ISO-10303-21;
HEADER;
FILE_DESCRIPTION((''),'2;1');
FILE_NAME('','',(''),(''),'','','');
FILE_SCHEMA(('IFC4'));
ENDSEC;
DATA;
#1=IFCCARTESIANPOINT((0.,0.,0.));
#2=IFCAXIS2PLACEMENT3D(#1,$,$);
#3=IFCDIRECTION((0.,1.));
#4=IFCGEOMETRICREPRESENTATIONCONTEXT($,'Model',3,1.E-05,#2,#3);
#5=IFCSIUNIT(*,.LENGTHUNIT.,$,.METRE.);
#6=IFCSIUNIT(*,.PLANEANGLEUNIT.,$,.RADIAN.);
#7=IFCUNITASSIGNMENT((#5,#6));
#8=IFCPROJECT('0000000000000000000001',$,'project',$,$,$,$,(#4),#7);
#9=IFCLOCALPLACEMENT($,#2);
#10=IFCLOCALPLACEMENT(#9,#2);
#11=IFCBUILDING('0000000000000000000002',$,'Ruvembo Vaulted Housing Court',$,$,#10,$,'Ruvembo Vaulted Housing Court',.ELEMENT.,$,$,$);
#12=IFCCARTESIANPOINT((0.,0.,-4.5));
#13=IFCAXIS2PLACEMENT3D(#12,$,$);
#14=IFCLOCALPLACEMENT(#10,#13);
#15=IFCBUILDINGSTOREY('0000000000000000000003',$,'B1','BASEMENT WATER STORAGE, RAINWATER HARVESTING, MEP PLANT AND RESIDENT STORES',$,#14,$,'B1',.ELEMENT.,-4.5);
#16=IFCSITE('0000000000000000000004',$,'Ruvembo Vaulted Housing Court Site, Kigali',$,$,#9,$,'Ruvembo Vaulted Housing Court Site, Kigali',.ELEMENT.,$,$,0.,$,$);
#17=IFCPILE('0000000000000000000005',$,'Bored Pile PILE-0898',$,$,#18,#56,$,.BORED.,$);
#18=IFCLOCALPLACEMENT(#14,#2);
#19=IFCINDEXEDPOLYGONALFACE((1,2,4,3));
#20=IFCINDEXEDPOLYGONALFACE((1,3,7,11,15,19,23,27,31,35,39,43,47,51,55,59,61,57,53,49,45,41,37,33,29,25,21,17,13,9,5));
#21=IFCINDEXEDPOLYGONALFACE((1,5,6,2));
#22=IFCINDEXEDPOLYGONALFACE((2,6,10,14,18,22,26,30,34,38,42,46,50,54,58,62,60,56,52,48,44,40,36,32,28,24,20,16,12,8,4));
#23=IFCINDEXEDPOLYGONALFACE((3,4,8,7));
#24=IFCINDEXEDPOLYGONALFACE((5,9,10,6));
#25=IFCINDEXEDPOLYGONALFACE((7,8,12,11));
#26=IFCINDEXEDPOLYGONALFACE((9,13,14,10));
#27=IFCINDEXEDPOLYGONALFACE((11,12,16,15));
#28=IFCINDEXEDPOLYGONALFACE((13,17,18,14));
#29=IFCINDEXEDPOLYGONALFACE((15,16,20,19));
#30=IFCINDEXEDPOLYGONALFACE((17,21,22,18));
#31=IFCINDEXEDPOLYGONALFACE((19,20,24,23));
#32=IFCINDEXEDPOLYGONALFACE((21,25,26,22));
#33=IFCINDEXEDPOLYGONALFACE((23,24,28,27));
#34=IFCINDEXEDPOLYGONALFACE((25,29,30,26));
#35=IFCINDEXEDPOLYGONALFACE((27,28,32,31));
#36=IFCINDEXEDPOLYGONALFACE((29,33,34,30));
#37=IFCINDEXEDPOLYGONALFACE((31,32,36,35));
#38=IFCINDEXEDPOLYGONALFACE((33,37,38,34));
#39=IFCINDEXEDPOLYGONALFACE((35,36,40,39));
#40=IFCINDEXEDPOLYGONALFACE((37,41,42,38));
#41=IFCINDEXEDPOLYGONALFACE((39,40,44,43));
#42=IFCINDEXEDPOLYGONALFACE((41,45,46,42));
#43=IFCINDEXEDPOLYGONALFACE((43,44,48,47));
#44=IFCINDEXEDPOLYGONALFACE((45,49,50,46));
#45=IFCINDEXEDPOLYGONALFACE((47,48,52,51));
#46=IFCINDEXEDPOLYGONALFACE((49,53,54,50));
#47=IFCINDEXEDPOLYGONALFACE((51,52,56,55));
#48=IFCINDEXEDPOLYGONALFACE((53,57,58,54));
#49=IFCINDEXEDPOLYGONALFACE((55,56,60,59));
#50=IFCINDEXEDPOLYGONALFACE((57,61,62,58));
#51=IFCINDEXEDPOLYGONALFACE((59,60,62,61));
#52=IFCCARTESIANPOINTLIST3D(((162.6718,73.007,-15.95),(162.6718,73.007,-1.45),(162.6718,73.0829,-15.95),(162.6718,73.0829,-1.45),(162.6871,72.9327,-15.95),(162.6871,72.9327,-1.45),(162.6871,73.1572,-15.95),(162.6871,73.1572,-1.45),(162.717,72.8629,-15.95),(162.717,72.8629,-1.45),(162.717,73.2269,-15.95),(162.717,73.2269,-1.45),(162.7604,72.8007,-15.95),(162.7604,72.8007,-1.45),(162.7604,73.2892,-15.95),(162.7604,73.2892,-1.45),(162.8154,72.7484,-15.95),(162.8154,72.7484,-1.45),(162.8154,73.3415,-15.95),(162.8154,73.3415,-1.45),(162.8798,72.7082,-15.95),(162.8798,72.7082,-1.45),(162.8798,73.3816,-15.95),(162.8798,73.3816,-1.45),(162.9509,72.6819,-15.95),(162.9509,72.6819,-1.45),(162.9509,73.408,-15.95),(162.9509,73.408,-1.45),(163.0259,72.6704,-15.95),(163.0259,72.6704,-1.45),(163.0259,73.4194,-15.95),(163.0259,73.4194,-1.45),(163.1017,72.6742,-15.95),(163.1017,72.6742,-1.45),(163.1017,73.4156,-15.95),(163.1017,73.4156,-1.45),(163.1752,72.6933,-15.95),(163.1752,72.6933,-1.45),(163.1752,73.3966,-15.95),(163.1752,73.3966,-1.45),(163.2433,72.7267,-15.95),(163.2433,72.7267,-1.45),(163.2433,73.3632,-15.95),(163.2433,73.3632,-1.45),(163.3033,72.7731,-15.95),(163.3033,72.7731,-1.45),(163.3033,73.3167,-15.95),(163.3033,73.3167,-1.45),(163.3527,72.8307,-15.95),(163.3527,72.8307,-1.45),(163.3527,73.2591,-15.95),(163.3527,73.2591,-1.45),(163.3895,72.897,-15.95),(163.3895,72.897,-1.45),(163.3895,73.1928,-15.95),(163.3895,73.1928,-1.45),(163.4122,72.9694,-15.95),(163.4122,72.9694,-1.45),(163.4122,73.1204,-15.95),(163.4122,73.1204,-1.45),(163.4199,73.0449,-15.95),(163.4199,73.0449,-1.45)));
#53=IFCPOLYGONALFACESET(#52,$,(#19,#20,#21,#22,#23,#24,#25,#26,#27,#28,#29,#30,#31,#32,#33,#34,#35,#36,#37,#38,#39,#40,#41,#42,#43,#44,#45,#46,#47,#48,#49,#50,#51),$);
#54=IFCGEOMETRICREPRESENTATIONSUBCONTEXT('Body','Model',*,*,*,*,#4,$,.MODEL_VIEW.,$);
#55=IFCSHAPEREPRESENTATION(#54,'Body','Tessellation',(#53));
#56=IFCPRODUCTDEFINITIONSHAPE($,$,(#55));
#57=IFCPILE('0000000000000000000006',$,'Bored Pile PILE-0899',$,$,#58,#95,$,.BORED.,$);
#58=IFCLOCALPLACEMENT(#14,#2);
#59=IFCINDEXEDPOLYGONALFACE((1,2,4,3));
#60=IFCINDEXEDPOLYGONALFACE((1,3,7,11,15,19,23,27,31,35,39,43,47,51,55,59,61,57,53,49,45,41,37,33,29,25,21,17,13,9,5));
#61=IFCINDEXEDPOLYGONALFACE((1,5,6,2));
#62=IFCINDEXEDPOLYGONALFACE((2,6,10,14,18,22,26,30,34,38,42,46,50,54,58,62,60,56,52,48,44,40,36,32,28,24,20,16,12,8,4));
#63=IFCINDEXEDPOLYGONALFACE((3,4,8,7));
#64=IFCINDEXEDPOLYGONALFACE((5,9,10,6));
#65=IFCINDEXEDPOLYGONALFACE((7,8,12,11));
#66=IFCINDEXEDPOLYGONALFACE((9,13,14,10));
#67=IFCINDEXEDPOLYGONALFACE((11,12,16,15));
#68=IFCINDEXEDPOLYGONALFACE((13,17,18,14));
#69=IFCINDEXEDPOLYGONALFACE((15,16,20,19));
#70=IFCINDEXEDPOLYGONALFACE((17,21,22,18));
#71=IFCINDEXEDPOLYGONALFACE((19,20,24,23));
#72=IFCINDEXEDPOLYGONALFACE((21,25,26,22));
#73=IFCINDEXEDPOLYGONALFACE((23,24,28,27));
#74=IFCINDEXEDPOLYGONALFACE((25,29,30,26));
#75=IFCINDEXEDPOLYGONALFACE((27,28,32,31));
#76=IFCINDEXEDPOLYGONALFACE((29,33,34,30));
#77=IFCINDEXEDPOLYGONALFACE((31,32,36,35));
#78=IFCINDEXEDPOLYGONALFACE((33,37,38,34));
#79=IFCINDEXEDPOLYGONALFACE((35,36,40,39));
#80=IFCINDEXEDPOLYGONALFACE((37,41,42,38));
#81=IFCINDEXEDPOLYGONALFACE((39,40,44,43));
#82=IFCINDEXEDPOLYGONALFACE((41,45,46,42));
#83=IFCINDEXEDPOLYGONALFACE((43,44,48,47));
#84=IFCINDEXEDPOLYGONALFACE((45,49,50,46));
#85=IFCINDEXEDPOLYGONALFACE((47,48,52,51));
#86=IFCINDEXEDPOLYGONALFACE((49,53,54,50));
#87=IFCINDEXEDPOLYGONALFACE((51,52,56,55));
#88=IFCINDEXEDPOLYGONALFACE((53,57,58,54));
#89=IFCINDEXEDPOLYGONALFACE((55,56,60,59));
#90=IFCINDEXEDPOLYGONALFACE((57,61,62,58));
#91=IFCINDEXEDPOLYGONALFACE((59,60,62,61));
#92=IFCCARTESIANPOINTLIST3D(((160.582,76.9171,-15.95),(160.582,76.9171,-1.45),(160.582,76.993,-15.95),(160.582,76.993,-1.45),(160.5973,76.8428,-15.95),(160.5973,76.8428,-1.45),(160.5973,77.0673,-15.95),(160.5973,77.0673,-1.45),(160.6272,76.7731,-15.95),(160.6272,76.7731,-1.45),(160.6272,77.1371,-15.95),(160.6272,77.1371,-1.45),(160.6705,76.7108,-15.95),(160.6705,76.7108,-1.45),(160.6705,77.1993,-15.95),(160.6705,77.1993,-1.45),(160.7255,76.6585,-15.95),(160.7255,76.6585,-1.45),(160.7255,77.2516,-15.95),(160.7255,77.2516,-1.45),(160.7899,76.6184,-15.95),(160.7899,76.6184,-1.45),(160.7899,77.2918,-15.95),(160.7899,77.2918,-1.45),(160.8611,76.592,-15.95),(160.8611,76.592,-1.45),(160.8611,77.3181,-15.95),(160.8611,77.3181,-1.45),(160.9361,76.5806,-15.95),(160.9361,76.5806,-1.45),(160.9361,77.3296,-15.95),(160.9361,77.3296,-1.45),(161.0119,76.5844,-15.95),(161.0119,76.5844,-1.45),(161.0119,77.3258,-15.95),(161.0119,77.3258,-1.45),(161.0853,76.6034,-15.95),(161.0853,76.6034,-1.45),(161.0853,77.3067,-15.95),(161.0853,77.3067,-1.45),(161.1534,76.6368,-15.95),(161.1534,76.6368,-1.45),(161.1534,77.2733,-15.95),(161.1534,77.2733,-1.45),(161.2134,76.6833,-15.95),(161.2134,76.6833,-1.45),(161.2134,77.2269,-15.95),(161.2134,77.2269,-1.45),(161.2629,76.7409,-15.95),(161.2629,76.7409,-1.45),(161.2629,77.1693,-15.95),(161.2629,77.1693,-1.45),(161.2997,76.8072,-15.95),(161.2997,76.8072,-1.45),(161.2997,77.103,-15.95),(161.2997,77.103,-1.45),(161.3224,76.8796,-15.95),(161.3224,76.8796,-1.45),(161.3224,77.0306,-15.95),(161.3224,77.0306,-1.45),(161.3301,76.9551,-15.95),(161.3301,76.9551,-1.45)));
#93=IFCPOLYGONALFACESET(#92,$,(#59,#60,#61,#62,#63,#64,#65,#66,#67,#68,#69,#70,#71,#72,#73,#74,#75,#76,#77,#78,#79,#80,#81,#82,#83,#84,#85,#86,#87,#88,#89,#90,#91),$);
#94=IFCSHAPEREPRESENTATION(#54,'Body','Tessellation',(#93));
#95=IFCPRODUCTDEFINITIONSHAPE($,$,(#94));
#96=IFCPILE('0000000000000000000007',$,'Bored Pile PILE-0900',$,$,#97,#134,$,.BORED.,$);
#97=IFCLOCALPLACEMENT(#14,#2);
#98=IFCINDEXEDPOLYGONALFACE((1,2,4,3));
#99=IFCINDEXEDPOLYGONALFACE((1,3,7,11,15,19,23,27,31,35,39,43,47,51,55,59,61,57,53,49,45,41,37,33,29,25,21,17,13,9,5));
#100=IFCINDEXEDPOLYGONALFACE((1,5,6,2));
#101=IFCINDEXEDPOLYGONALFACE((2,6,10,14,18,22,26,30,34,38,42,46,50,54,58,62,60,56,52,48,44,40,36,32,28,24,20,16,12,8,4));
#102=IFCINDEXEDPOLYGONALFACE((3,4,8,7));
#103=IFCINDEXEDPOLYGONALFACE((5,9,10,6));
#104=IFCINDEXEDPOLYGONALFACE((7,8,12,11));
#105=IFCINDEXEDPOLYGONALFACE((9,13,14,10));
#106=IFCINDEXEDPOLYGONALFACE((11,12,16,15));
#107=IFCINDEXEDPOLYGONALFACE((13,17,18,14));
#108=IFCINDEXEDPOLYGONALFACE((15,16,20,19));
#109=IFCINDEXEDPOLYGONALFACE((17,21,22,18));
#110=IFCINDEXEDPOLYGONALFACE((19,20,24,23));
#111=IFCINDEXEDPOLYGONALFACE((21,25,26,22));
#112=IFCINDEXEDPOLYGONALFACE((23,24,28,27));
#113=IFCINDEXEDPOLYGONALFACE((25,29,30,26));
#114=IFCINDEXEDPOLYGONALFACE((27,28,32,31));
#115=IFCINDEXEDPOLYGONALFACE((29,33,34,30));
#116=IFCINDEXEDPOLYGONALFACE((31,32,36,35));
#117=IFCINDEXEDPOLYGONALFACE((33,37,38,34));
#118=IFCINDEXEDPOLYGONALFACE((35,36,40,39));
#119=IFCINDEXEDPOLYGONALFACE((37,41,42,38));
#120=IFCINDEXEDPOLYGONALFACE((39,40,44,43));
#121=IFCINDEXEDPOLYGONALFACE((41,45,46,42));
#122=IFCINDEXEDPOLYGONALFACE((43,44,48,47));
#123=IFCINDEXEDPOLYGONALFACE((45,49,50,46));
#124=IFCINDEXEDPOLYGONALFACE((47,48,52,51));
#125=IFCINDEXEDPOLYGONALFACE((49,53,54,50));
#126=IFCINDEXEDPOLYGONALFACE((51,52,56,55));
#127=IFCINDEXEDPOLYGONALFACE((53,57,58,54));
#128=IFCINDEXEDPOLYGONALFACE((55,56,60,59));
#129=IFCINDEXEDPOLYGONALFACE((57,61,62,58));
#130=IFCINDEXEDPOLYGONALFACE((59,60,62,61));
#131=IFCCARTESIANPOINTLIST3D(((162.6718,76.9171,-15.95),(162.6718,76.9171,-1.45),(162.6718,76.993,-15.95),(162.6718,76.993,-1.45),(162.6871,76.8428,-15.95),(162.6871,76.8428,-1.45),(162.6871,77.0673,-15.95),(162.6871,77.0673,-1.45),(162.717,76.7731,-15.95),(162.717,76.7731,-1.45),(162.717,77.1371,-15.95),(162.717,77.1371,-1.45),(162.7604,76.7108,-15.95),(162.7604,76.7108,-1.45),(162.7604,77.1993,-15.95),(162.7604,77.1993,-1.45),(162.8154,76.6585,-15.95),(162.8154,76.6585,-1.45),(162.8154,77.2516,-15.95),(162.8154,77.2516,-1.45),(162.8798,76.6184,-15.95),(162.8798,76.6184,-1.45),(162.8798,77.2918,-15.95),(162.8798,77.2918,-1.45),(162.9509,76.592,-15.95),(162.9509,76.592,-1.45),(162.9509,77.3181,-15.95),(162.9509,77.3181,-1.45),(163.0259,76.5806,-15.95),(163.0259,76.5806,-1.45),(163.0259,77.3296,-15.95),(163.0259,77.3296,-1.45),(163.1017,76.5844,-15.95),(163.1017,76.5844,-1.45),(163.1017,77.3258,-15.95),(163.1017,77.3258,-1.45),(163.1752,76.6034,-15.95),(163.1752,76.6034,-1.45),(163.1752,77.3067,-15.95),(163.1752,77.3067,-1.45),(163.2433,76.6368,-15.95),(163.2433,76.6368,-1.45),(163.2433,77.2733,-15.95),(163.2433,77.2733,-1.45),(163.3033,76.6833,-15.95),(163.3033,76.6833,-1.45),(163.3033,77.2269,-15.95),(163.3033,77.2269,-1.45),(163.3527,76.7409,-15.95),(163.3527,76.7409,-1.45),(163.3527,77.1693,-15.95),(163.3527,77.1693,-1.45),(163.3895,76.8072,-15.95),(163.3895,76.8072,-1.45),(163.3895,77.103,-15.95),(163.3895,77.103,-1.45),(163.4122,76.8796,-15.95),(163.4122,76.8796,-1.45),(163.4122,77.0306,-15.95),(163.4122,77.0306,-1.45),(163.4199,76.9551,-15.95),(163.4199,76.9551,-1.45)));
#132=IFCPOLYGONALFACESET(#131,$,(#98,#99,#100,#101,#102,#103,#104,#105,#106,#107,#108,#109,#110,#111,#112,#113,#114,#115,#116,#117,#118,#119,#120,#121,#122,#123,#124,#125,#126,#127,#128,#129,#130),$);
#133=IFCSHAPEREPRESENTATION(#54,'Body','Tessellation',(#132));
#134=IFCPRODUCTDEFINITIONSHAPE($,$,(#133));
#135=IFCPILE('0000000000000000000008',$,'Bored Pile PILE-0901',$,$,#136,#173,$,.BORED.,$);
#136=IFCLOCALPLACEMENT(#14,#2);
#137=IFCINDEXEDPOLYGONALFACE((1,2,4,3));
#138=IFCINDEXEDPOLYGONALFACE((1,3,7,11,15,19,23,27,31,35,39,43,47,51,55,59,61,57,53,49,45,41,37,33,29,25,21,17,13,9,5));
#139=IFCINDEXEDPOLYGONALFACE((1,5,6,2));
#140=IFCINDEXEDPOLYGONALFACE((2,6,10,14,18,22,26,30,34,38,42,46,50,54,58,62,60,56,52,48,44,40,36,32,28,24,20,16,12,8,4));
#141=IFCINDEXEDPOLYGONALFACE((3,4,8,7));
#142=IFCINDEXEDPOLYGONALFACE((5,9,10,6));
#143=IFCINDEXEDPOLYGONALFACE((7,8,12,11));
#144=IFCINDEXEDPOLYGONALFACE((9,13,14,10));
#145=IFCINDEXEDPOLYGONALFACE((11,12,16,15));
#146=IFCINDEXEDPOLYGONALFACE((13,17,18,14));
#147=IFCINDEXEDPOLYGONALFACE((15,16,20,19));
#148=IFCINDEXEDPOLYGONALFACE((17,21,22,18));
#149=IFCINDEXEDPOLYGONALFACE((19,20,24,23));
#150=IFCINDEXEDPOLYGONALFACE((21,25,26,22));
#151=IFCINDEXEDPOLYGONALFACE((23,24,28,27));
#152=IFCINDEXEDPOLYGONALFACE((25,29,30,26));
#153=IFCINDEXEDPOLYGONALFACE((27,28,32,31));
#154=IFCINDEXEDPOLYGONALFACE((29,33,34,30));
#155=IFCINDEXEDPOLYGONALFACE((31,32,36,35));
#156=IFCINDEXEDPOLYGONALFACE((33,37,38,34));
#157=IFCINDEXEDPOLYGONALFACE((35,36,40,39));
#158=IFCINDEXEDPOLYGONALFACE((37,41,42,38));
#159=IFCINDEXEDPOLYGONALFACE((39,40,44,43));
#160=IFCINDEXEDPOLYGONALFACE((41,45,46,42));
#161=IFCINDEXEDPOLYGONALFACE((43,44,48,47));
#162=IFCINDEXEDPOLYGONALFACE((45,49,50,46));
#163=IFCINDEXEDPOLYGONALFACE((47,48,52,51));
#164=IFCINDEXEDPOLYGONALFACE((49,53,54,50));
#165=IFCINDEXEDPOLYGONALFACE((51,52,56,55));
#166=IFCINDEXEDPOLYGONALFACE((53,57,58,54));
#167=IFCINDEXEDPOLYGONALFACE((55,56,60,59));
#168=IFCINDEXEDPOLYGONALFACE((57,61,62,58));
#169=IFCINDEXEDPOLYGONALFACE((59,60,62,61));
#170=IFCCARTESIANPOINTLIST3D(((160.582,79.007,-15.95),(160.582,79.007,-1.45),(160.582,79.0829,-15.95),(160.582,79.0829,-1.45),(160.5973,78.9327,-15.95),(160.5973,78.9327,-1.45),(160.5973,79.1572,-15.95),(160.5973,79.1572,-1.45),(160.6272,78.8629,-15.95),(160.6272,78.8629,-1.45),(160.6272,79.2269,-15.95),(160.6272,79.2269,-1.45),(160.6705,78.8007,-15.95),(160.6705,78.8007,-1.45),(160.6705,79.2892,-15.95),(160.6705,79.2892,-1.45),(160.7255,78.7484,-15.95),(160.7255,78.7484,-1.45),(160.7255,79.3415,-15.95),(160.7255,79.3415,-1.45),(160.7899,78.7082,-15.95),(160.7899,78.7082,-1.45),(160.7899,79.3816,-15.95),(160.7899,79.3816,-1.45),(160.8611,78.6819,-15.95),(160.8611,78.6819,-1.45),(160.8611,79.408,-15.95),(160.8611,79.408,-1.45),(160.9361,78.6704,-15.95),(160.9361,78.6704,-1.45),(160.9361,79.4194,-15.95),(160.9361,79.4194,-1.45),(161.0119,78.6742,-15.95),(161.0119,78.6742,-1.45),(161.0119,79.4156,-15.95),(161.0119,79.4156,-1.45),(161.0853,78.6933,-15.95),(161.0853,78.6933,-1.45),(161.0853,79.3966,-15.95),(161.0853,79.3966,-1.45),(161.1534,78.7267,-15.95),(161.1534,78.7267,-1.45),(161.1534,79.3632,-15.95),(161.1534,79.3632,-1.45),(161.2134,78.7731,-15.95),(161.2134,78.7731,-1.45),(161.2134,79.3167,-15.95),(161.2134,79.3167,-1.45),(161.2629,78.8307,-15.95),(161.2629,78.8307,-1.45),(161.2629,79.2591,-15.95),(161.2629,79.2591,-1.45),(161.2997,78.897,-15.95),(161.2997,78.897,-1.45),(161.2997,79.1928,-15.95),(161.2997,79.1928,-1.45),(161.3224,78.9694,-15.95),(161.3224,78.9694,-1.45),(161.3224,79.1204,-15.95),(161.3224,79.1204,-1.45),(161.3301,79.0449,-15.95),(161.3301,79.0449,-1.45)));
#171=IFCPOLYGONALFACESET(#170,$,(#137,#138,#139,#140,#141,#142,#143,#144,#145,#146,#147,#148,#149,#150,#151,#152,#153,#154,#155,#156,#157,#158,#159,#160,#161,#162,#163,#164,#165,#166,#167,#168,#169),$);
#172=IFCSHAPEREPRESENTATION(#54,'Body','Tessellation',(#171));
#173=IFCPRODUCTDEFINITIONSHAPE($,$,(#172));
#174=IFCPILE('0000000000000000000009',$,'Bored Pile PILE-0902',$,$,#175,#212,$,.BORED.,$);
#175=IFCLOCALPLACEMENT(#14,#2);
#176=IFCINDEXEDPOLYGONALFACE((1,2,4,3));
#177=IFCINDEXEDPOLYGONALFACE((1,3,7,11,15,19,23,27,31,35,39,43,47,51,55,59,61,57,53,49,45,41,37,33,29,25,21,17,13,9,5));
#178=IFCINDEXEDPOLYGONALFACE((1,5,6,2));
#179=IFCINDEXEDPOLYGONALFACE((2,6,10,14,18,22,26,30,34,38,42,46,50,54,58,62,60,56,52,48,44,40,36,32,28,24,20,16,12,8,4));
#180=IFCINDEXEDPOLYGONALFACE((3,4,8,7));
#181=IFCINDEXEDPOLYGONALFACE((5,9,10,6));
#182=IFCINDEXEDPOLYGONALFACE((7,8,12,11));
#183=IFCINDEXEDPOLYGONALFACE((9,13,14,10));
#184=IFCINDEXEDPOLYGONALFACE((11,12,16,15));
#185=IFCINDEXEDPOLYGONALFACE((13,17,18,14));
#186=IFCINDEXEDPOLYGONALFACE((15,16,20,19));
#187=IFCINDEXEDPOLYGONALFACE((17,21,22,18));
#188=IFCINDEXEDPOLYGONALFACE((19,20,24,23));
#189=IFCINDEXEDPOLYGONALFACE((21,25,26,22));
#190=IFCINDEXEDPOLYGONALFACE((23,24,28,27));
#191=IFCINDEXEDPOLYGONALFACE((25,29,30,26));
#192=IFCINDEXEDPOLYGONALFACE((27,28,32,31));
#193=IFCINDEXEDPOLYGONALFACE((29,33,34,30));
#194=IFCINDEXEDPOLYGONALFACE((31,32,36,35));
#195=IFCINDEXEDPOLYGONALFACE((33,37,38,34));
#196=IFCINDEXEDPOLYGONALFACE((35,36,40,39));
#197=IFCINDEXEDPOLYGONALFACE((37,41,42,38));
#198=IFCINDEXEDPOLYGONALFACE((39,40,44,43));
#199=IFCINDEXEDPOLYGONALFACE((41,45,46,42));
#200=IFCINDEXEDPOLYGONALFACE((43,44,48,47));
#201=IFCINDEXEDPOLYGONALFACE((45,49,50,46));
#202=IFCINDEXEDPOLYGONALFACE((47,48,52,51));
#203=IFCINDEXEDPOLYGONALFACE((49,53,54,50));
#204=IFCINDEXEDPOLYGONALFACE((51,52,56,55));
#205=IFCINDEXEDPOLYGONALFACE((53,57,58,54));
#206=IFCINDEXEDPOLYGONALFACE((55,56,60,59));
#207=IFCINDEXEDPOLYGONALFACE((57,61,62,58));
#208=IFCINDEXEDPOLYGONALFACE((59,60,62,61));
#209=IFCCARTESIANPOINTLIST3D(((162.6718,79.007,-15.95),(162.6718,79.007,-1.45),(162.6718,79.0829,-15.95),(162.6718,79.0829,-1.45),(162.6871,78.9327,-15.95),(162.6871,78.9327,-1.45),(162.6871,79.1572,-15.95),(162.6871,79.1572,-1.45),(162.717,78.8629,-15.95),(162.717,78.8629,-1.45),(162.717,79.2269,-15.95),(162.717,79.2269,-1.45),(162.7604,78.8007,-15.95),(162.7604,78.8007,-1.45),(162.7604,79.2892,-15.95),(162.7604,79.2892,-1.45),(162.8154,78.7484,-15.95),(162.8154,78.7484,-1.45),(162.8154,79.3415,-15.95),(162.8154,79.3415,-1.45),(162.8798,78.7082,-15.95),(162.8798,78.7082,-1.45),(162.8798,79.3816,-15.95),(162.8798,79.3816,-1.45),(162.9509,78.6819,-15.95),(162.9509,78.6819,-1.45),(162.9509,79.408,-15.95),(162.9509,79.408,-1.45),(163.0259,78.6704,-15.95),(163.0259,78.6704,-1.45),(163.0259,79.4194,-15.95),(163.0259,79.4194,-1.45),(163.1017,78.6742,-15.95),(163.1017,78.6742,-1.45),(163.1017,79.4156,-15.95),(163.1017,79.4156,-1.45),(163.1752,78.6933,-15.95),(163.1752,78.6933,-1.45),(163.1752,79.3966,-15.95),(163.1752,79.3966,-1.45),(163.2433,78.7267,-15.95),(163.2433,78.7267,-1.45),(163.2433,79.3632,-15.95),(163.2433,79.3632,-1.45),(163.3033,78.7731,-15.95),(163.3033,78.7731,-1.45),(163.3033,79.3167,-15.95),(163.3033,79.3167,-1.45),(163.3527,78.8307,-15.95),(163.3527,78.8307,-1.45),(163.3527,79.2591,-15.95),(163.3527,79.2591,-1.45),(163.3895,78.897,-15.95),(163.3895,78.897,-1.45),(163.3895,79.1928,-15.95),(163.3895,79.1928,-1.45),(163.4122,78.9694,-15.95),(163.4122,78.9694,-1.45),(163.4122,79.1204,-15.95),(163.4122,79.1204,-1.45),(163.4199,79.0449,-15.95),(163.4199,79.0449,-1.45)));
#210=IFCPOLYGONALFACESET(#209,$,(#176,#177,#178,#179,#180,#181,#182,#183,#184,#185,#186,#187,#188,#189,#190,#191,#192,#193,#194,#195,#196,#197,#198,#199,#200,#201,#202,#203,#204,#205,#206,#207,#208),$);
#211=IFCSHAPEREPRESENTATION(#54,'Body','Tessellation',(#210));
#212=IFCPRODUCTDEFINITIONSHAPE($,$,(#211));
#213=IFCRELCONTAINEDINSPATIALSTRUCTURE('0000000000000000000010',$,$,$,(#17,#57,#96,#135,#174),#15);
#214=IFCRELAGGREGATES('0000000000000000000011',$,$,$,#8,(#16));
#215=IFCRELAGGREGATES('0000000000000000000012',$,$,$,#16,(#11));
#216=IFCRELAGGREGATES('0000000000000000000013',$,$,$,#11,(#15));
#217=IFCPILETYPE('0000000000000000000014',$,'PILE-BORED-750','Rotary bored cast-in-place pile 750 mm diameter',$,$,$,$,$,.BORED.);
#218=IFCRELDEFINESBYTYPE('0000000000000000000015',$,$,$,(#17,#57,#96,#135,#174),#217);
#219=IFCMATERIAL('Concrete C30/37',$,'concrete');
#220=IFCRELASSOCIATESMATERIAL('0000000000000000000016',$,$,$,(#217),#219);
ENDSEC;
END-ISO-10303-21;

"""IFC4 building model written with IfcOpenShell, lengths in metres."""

from ifc_helpers import new_model, si_unit, direction, frame, origin, origin_2d, place, context, subcontext, project, spatial, circle, extrude, material, material_profile, profile_set, type_object, element, save


model = new_model("IFC4")

# Units and contexts
model_context = context("Model", 3, precision=1e-05, world=origin(), true_north=direction((0.0, 1.0)))
body_context = subcontext(model_context, "Body", "Model", "MODEL_VIEW")
ifc_project = project(units=[si_unit("LENGTHUNIT", "METRE"), si_unit("PLANEANGLEUNIT", "RADIAN")], contexts=[model_context])

# Site, building, storey
site_placement = place(None, origin())
site = spatial("IfcSite", under=ifc_project, at=site_placement, Name="Ruvembo Vaulted Housing Court Site, Kigali", LongName="Ruvembo Vaulted Housing Court Site, Kigali", CompositionType="ELEMENT", RefElevation=0.0)
building_placement = place(site_placement, origin())
building = spatial("IfcBuilding", under=site, at=building_placement, Name="Ruvembo Vaulted Housing Court", LongName="Ruvembo Vaulted Housing Court", CompositionType="ELEMENT")
storey_placement = place(building_placement, frame((0.0, 0.0, -4.5)))
storey = spatial("IfcBuildingStorey", under=building, at=storey_placement, Name="B1", Description="BASEMENT WATER STORAGE, RAINWATER HARVESTING, MEP PLANT AND RESIDENT STORES", LongName="B1", CompositionType="ELEMENT", Elevation=-4.5)

# Piles
ifc_material_1 = material(Name="Concrete C30/37", Category="concrete")
ifc_material_profile_1 = material_profile(ifc_material_1, circle(Radius=0.375, at=origin_2d()), Name="PILE D750")
ifc_profile_set_1 = profile_set([ifc_material_profile_1], Name="Concrete C30/37")
pile_type = type_object("IfcPileType", Name="PILE-BORED-750", Description="Rotary bored cast-in-place pile 750 mm diameter", PredefinedType="BORED", material=ifc_profile_set_1)
for number, where, z_axis, x_axis, name in (
    (1, (163.0449, 73.0449, -1.45), (0.0, 0.0, -1.0), (1.0, 0.0, 0.0), "Bored Pile PILE-0898"),
    (2, (160.9551, 76.9551, -1.45), (0.0, 0.0, -1.0), (1.0, 0.0, 0.0), "Bored Pile PILE-0899"),
    (3, (163.0449, 76.9551, -1.45), (0.0, 0.0, -1.0), (1.0, 0.0, 0.0), "Bored Pile PILE-0900"),
    (4, (160.9551, 79.0449, -1.45), (0.0, 0.0, -1.0), (1.0, 0.0, 0.0), "Bored Pile PILE-0901"),
    (5, (163.0449, 79.0449, -1.45), (0.0, 0.0, -1.0), (1.0, 0.0, 0.0), "Bored Pile PILE-0902"),
):
    element("IfcPile", number, at=place(storey_placement, frame(where, z_axis=z_axis, x_axis=x_axis)), inside=storey, type_object=pile_type, Name=name, PredefinedType="BORED", context=body_context, shape_type="SweptSolid", body=[
        extrude(circle(Radius=0.375, at=origin_2d()), origin(), (0.0, 0.0, 1.0), 14.5),
    ])

save(model, "model.ifc")
